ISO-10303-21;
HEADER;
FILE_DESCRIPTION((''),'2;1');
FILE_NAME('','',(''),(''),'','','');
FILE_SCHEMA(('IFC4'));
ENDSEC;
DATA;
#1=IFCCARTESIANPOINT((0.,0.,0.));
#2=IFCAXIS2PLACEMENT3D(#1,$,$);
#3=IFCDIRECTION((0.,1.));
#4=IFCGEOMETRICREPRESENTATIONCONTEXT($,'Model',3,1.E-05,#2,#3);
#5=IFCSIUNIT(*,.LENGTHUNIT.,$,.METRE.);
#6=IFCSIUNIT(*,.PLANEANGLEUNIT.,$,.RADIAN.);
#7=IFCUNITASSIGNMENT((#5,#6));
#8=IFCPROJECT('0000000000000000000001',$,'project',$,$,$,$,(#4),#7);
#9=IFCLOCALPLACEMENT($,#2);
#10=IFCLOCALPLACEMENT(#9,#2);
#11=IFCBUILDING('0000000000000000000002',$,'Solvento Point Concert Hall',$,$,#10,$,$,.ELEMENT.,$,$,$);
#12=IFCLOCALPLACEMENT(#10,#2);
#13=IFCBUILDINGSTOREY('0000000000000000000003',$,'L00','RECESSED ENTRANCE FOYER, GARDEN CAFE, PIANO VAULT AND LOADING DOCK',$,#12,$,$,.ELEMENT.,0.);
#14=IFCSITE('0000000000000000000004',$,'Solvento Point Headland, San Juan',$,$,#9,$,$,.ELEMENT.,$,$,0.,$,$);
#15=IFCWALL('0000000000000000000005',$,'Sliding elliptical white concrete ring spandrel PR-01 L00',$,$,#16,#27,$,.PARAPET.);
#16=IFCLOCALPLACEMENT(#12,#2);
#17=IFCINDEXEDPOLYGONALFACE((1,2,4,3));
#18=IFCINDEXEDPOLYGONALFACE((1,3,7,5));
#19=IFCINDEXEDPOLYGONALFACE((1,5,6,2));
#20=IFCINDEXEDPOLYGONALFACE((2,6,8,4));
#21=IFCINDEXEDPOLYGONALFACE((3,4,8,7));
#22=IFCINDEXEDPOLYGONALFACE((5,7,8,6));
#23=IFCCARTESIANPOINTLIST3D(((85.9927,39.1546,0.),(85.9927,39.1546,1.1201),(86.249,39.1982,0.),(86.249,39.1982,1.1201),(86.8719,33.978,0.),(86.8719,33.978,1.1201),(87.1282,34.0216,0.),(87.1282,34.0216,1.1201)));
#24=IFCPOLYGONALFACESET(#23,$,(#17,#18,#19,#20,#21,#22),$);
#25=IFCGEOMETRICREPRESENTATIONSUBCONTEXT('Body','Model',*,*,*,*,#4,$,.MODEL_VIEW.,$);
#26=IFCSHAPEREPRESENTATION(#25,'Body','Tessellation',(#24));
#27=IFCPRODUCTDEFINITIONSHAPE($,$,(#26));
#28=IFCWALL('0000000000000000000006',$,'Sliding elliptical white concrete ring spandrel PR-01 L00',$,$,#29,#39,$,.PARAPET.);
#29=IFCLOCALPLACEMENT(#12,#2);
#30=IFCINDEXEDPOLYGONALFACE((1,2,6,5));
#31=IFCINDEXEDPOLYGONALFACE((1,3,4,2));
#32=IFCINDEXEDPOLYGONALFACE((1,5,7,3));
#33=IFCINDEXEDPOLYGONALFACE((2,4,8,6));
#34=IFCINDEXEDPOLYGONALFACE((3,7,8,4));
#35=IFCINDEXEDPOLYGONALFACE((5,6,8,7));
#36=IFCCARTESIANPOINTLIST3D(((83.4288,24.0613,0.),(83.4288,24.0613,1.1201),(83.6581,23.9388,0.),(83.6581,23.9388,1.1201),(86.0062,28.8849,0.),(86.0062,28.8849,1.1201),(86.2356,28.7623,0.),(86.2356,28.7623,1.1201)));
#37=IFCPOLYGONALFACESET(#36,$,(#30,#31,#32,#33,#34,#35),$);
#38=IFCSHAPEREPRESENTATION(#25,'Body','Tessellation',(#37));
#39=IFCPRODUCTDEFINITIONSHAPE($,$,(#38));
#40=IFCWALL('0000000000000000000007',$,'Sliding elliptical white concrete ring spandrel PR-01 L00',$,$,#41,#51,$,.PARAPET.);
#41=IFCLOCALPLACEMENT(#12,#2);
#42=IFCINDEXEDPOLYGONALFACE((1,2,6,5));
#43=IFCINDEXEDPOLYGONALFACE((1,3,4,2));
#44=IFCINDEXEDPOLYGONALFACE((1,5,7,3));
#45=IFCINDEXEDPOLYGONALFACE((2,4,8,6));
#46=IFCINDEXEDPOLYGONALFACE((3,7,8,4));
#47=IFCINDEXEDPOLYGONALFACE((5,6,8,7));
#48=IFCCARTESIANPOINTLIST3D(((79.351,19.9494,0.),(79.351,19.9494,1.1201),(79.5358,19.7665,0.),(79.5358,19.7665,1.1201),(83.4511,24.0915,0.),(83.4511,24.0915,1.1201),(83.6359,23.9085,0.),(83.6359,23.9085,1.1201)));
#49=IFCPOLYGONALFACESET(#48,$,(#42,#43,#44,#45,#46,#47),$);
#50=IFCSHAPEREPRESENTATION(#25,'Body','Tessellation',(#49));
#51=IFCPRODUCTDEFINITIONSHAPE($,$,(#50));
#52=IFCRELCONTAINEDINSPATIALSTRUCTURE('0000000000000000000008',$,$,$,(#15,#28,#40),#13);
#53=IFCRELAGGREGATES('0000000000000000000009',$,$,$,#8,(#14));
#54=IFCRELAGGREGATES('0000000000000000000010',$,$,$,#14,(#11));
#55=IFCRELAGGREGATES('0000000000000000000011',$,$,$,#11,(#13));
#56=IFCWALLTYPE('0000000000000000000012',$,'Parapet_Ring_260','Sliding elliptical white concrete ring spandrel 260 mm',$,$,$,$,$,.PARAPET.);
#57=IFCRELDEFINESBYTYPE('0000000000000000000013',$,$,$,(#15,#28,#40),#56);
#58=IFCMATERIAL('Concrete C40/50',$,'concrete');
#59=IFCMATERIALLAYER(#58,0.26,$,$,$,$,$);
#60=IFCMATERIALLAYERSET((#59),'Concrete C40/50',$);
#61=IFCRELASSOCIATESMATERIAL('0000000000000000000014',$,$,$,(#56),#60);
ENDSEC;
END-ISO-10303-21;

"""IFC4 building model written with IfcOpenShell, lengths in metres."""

from ifc_helpers import new_model, si_unit, direction, frame, frame_2d, origin, place, context, subcontext, project, spatial, rectangle, extrude, material, layer, layer_set, type_object, element, save


model = new_model("IFC4")

# Units and contexts
model_context = context("Model", 3, precision=1e-05, world=origin(), true_north=direction((0.0, 1.0)))
body_context = subcontext(model_context, "Body", "Model", "MODEL_VIEW")
ifc_project = project(units=[si_unit("LENGTHUNIT", "METRE"), si_unit("PLANEANGLEUNIT", "RADIAN")], contexts=[model_context])

# Site, building, storey
site_placement = place(None, origin())
site = spatial("IfcSite", under=ifc_project, at=site_placement, Name="Solvento Point Headland, San Juan", CompositionType="ELEMENT", RefElevation=0.0)
building_placement = place(site_placement, origin())
building = spatial("IfcBuilding", under=site, at=building_placement, Name="Solvento Point Concert Hall", CompositionType="ELEMENT")
storey_placement = place(building_placement, origin())
storey = spatial("IfcBuildingStorey", under=building, at=storey_placement, Name="L00", Description="RECESSED ENTRANCE FOYER, GARDEN CAFE, PIANO VAULT AND LOADING DOCK", CompositionType="ELEMENT", Elevation=0.0)

# Walls
ifc_material_1 = material(Name="Concrete C40/50", Category="concrete")
ifc_layer = layer(ifc_material_1, 0.26)
ifc_layer_set = layer_set([ifc_layer], Name="Concrete C40/50")
wall_type = type_object("IfcWallType", Name="Parapet_Ring_260", Description="Sliding elliptical white concrete ring spandrel 260 mm", PredefinedType="PARAPET", material=ifc_layer_set)
wall_1_placement = place(storey_placement, frame((86.1208, 39.1765, 0.0), z_axis=(0.0, 0.0, 1.0), x_axis=(0.167437, -0.985883, 0.0)))
element("IfcWall", 1, at=wall_1_placement, inside=storey, type_object=wall_type, Name="Sliding elliptical white concrete ring spandrel PR-01 L00", PredefinedType="PARAPET", context=body_context, shape_type="SweptSolid", body=[
    extrude(rectangle(XDim=5.2507, YDim=0.26, at=frame_2d((2.6255, 0.0))), origin(), (0.0, 0.0, 1.0), 1.1201),
])
wall_2_placement = place(storey_placement, frame((86.1208, 28.8235, 0.0), z_axis=(0.0, 0.0, 1.0), x_axis=(-0.471281, -0.881983, 0.0)))
element("IfcWall", 2, at=wall_2_placement, inside=storey, type_object=wall_type, Name="Sliding elliptical white concrete ring spandrel PR-01 L00", PredefinedType="PARAPET", context=body_context, shape_type="SweptSolid", body=[
    extrude(rectangle(XDim=5.469, YDim=0.26, at=frame_2d((2.7344, 0.0))), origin(), (0.0, 0.0, 1.0), 1.1201),
])
wall_3_placement = place(storey_placement, frame((83.5435, 24.0, 0.0), z_axis=(0.0, 0.0, 1.0), x_axis=(-0.703495, -0.7107, 0.0)))
element("IfcWall", 3, at=wall_3_placement, inside=storey, type_object=wall_type, Name="Sliding elliptical white concrete ring spandrel PR-01 L00", PredefinedType="PARAPET", context=body_context, shape_type="SweptSolid", body=[
    extrude(rectangle(XDim=5.8281, YDim=0.26, at=frame_2d((2.9141, 0.0))), origin(), (0.0, 0.0, 1.0), 1.1201),
])

save(model, "model.ifc")
